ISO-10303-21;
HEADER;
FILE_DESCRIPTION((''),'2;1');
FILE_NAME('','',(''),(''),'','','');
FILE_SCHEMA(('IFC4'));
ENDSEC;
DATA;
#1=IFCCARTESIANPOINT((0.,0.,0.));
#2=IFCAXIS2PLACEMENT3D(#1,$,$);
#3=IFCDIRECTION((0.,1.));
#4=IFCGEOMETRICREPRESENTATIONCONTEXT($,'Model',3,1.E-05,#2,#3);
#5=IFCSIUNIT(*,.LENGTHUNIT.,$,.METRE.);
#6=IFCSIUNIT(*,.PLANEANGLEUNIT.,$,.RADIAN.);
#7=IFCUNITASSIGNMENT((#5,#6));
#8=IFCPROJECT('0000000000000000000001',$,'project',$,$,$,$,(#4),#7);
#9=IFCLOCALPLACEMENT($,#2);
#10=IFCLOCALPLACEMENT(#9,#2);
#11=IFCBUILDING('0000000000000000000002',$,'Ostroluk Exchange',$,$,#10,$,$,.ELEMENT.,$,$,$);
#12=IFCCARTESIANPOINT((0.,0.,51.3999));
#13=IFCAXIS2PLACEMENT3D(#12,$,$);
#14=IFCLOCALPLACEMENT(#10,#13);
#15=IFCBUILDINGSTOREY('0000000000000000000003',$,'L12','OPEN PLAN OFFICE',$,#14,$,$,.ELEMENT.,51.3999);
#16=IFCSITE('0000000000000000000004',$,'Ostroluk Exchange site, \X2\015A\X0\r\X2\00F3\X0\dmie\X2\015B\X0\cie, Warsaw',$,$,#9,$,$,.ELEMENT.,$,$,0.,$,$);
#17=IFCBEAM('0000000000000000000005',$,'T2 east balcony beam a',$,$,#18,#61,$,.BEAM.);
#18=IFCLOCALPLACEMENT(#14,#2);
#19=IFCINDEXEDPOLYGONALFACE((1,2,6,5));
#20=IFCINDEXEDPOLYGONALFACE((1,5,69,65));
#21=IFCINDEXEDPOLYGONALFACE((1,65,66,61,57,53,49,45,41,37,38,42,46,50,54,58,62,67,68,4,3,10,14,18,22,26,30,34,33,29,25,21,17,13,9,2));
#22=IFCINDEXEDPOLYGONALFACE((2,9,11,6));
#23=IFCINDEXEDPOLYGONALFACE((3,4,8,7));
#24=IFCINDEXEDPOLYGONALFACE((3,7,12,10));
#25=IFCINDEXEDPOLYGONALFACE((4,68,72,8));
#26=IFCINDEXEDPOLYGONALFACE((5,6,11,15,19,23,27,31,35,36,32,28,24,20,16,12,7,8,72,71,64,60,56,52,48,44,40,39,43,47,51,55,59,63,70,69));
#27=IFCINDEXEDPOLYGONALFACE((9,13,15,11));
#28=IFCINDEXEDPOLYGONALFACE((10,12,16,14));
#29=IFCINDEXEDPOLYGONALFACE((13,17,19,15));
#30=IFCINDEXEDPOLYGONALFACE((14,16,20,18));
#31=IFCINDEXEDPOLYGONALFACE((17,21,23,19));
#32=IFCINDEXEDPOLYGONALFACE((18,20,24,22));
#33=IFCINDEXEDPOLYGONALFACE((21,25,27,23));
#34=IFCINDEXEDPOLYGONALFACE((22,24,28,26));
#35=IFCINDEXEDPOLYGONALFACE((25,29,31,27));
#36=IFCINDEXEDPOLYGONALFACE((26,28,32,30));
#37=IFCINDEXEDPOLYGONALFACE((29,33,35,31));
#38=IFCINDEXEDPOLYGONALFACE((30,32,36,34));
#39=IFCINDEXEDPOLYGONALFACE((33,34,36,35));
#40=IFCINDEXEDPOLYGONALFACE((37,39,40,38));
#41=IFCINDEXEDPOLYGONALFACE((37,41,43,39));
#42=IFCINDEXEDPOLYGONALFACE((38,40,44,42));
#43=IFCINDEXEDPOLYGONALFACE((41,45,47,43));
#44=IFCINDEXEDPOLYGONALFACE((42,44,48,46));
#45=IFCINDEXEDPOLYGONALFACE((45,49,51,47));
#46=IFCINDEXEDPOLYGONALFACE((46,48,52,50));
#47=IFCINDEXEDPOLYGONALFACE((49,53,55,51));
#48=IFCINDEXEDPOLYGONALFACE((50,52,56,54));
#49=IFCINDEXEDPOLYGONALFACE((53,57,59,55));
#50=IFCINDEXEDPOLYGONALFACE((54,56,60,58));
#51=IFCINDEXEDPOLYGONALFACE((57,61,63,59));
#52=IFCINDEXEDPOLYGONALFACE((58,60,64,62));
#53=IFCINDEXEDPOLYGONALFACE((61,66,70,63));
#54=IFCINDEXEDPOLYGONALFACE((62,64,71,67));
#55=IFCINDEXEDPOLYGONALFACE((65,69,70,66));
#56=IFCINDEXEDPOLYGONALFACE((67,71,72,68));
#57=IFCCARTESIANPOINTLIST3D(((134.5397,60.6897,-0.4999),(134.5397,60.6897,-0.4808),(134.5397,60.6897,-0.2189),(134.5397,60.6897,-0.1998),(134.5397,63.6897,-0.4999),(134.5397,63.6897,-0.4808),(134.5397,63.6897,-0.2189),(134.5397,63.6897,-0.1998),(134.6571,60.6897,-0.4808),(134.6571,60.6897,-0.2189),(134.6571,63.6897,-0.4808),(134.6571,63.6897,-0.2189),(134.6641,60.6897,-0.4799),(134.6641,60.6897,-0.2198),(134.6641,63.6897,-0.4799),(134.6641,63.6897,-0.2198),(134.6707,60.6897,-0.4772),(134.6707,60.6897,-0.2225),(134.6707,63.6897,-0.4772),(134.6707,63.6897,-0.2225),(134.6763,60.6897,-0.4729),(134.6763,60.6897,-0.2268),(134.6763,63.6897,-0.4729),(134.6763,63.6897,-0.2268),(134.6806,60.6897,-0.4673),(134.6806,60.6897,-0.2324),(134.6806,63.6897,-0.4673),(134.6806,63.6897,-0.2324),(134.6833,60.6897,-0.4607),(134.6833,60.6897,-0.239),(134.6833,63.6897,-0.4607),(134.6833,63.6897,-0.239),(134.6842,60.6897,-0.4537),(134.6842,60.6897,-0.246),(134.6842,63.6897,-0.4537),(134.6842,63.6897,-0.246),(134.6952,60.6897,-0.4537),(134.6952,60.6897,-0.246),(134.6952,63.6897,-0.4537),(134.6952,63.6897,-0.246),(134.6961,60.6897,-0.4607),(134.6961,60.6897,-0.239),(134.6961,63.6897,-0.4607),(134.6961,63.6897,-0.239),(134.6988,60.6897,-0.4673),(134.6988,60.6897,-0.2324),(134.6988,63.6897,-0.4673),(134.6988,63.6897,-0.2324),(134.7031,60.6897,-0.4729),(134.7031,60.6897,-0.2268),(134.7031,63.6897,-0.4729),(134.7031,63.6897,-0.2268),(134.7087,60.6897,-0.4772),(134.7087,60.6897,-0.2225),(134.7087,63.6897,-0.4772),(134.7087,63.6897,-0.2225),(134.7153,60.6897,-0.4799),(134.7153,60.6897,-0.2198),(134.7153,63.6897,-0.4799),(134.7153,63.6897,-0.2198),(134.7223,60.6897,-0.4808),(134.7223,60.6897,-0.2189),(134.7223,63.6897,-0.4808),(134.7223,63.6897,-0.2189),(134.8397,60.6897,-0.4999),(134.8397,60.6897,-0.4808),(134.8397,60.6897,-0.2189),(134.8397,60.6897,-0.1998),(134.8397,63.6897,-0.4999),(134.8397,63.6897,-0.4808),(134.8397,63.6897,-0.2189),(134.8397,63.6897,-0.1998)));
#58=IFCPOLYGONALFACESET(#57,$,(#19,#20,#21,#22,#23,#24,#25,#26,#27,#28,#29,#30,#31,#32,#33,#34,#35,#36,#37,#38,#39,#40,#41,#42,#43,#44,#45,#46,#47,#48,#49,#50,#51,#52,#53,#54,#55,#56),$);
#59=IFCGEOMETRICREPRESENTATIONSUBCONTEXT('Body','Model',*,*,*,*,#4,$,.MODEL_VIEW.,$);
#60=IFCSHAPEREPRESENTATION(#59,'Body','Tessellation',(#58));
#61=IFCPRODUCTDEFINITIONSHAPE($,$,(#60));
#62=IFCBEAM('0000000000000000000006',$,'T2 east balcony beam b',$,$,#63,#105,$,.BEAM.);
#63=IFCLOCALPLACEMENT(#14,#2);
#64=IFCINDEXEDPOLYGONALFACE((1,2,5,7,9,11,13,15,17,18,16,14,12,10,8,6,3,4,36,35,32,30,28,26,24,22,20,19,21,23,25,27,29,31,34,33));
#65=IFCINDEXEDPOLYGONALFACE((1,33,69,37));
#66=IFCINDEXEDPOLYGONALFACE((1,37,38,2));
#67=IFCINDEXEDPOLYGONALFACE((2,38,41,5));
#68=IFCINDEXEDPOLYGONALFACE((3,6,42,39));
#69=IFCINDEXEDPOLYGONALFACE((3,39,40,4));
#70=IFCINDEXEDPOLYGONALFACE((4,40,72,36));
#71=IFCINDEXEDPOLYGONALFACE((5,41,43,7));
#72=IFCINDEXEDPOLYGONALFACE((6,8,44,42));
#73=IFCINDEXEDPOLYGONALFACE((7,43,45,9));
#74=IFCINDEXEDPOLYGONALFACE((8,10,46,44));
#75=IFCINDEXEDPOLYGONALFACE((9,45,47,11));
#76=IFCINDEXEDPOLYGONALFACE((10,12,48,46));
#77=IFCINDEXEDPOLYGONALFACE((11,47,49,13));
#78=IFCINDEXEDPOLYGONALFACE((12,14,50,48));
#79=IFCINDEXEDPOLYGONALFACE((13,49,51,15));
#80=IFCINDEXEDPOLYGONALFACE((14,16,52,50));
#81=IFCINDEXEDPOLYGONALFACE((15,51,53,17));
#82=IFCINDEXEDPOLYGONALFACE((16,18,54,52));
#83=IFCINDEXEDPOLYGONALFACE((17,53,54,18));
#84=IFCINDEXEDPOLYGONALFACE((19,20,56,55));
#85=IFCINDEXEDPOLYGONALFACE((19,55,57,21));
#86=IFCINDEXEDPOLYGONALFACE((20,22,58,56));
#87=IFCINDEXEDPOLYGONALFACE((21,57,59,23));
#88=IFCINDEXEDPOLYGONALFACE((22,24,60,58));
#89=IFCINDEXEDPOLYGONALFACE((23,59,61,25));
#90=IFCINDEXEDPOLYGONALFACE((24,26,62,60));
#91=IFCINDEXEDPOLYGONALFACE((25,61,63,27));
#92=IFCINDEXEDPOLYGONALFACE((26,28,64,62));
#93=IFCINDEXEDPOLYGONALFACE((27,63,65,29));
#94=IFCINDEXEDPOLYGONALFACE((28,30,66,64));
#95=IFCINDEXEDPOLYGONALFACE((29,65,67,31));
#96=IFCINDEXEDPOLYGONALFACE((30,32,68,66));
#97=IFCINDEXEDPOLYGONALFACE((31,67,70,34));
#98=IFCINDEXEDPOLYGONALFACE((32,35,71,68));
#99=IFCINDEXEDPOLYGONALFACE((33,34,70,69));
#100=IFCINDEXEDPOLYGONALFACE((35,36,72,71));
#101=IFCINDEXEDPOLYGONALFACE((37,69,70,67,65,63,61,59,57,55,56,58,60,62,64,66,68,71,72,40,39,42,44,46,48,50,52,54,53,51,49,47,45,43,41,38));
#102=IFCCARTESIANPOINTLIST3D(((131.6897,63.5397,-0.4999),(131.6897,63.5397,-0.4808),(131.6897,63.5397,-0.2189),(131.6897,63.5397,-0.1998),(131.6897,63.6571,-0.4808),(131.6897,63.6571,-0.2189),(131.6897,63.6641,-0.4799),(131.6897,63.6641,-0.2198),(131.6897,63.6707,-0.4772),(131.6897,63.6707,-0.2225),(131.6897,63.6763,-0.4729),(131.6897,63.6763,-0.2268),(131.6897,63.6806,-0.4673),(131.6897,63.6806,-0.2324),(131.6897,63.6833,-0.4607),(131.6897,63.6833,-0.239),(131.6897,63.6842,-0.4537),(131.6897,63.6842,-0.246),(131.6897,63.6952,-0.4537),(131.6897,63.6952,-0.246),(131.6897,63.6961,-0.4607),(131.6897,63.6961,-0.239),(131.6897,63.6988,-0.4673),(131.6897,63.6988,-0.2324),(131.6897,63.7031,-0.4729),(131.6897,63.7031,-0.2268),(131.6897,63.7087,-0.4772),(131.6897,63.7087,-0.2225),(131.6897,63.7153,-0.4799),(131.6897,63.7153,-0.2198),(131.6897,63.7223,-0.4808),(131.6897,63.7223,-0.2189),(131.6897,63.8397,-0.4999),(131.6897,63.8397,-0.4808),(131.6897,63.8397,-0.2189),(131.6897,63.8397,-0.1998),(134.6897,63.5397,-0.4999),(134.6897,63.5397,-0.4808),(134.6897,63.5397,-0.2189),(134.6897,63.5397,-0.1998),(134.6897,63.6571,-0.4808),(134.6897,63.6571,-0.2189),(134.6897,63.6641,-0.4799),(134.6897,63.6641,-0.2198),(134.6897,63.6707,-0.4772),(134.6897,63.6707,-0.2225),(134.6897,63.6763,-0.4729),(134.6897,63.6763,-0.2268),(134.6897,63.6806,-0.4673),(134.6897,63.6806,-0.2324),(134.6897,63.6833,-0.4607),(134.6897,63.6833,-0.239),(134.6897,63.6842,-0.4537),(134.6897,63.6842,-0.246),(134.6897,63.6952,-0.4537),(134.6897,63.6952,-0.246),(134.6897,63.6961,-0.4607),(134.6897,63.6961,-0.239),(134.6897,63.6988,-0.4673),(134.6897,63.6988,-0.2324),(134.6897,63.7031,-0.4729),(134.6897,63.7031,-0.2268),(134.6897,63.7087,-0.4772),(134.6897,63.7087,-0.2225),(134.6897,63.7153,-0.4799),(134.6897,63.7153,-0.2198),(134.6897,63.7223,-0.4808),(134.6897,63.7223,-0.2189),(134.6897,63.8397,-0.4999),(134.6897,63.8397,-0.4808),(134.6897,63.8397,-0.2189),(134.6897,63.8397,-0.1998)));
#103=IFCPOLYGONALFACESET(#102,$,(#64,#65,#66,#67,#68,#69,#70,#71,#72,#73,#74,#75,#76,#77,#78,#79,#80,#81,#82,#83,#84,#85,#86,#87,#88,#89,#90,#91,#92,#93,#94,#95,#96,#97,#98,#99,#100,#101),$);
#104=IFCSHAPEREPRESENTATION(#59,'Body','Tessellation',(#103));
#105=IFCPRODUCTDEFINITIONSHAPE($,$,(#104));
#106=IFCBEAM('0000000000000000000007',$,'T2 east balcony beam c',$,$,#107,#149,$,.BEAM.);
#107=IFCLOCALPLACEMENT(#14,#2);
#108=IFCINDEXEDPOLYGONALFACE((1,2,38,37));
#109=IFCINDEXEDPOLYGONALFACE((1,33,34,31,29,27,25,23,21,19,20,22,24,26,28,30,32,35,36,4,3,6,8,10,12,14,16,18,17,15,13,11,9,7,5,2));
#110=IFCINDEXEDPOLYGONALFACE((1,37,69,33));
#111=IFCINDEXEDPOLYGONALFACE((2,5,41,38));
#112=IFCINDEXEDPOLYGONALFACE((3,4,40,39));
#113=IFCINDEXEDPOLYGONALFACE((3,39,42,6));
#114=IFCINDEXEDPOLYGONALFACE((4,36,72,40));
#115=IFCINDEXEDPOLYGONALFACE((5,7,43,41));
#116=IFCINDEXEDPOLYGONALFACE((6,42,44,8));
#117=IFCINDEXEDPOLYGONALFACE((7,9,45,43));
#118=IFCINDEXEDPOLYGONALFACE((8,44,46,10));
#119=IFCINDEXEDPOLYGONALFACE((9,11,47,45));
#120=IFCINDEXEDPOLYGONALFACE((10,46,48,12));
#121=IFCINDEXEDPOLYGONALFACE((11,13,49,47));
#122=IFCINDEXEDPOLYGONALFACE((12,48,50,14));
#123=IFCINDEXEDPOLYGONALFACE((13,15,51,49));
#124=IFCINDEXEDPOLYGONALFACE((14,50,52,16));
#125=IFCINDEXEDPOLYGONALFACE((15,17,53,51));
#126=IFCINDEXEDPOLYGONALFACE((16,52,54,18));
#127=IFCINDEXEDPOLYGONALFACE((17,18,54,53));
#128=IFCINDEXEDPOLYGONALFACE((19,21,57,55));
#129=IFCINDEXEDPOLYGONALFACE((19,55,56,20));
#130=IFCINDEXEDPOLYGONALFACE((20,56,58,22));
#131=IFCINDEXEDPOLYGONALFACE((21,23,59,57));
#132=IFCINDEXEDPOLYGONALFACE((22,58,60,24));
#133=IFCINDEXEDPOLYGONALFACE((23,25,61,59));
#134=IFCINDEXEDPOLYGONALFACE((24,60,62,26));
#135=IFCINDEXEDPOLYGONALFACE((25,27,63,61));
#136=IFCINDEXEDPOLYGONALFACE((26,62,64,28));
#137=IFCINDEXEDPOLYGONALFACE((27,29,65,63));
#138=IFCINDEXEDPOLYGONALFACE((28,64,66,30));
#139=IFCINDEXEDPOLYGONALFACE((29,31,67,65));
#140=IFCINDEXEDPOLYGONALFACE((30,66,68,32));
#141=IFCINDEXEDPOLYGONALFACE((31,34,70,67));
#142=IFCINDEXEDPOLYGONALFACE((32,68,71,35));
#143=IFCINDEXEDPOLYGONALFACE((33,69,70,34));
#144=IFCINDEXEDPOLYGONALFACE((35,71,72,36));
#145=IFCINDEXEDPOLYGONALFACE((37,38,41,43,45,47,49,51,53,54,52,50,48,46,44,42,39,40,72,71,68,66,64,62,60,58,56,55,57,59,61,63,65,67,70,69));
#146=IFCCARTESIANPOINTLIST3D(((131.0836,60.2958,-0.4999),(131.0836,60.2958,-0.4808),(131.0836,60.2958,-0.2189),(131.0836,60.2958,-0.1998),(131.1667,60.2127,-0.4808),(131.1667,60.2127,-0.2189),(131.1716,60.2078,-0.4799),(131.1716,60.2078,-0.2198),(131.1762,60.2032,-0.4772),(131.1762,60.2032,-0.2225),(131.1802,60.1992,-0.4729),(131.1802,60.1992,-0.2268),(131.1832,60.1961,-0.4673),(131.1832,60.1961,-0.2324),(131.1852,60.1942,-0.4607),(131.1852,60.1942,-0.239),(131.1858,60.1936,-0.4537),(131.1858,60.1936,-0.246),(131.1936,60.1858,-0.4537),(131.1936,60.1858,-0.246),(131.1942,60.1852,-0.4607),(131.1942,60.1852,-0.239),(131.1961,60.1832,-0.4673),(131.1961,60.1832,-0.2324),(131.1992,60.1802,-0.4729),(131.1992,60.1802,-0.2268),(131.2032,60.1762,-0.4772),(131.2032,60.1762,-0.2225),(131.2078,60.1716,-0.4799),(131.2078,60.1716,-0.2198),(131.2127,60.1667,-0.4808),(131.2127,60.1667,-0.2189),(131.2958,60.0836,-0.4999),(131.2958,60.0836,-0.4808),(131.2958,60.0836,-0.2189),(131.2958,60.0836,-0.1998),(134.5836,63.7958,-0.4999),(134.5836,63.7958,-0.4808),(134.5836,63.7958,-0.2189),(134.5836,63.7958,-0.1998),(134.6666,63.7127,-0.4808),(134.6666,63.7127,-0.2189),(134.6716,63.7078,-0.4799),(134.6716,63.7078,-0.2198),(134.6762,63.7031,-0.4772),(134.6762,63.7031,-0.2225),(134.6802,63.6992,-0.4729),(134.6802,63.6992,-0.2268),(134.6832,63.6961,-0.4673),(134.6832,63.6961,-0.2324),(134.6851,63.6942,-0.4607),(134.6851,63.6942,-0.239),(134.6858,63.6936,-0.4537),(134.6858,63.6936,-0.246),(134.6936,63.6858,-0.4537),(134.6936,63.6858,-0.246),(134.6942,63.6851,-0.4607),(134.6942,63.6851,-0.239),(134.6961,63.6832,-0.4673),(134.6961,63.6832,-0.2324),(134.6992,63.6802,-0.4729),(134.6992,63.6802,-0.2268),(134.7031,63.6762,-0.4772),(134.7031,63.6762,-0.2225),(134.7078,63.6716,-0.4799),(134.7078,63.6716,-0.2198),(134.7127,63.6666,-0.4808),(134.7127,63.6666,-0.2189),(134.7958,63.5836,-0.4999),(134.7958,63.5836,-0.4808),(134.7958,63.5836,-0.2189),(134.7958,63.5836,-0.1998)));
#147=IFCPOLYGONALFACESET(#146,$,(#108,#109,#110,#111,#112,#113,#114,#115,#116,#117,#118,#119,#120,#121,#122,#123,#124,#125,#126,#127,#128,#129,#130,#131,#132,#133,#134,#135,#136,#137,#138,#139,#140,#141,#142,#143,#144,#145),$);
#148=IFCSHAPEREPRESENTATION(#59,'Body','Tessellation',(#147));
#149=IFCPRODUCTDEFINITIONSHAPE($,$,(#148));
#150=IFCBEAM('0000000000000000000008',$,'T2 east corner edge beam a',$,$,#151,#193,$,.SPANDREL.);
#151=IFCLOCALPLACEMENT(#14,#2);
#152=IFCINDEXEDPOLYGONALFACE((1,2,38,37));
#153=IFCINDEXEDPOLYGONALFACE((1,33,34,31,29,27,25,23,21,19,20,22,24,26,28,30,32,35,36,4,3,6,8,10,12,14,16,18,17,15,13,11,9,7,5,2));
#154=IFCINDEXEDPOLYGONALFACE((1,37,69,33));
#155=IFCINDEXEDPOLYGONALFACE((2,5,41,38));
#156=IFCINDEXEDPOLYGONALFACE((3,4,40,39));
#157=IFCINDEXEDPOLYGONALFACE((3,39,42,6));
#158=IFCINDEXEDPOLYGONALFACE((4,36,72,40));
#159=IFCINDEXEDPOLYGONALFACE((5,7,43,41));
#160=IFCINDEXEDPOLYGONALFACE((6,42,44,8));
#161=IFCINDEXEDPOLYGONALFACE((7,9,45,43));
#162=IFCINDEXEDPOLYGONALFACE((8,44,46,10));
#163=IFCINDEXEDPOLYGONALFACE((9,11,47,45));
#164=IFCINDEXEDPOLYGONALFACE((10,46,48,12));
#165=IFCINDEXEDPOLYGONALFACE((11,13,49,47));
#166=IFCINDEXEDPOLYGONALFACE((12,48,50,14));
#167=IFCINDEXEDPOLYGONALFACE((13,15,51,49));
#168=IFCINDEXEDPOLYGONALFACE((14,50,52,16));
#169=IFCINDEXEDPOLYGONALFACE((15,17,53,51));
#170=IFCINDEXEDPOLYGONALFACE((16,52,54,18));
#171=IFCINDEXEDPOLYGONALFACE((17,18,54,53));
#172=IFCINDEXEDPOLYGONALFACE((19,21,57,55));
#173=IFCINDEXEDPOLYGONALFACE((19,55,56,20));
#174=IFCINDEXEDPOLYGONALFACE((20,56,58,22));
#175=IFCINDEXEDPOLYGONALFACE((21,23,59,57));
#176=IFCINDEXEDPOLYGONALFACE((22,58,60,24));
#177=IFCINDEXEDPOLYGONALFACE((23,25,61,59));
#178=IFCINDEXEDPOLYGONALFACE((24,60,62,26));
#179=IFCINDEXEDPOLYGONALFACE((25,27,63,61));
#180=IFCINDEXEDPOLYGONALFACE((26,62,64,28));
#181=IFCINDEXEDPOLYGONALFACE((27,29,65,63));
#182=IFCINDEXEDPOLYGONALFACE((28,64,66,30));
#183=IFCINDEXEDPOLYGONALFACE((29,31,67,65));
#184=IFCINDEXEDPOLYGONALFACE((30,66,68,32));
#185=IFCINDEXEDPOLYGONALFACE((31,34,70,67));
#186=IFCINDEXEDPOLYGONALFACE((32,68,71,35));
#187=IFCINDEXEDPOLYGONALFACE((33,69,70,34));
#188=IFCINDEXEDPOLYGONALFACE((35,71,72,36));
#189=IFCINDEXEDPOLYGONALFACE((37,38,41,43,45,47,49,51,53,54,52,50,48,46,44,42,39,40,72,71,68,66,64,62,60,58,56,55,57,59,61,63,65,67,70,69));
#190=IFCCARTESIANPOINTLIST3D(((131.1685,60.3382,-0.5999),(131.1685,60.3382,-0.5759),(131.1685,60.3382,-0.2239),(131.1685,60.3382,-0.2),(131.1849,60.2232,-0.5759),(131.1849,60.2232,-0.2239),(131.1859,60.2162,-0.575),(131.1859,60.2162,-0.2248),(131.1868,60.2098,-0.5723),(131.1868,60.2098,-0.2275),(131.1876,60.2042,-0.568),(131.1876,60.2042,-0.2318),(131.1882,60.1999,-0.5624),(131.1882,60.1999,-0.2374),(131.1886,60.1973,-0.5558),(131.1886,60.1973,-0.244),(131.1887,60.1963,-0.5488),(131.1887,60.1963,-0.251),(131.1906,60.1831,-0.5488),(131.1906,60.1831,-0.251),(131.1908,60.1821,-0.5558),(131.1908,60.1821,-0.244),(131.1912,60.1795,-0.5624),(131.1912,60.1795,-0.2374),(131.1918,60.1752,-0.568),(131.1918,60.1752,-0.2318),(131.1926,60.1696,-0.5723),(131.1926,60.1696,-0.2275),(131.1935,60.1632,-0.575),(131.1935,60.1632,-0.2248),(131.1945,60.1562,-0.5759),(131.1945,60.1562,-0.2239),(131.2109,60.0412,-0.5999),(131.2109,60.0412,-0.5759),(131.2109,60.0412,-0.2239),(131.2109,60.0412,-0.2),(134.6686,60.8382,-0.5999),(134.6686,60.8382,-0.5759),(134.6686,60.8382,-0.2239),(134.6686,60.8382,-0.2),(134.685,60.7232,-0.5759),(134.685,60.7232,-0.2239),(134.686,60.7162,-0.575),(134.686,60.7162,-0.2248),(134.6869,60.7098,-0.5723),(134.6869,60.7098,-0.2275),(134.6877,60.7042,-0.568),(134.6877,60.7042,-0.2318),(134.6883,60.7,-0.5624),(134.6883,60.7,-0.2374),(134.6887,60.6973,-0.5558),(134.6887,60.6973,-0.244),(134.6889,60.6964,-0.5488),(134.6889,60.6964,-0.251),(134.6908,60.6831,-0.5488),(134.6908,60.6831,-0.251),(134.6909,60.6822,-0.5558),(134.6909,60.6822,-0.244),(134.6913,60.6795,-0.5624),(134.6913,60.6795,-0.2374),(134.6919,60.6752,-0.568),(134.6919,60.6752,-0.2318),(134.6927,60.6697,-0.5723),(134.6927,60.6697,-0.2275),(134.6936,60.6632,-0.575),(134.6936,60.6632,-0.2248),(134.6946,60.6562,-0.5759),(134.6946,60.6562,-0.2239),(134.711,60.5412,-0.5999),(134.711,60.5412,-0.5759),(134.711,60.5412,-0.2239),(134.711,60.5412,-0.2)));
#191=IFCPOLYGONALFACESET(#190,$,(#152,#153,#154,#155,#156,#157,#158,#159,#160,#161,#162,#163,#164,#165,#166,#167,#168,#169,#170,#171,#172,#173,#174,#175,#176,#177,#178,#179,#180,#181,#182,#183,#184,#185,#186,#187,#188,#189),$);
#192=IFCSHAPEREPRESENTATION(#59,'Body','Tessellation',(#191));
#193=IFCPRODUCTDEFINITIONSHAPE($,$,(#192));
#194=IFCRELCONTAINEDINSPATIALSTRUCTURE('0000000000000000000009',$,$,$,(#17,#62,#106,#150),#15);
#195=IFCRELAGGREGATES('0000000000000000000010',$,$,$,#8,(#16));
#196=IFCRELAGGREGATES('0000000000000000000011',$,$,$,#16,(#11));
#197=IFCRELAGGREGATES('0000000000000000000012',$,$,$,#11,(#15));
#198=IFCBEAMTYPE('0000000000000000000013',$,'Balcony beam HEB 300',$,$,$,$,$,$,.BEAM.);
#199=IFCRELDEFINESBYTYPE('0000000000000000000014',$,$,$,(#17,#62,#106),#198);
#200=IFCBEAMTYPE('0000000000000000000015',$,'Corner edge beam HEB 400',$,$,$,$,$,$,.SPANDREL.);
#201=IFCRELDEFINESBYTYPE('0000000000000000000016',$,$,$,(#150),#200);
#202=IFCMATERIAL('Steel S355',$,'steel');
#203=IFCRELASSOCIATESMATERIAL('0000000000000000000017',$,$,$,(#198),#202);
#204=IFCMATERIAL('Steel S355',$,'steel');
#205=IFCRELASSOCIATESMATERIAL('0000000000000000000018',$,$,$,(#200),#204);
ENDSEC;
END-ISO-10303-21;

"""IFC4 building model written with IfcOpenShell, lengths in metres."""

from ifc_helpers import new_model, si_unit, direction, frame, origin, origin_2d, place, context, subcontext, project, spatial, i_section, extrude, material, material_profile, profile_set, type_object, element, save


model = new_model("IFC4")

# Units and contexts
model_context = context("Model", 3, precision=1e-05, world=origin(), true_north=direction((0.0, 1.0)))
body_context = subcontext(model_context, "Body", "Model", "MODEL_VIEW")
ifc_project = project(units=[si_unit("LENGTHUNIT", "METRE"), si_unit("PLANEANGLEUNIT", "RADIAN")], contexts=[model_context])

# Site, building, storey
site_placement = place(None, origin())
site = spatial("IfcSite", under=ifc_project, at=site_placement, Name="Ostroluk Exchange site, Śródmieście, Warsaw", CompositionType="ELEMENT", RefElevation=0.0)
building_placement = place(site_placement, origin())
building = spatial("IfcBuilding", under=site, at=building_placement, Name="Ostroluk Exchange", CompositionType="ELEMENT")
storey_placement = place(building_placement, frame((0.0, 0.0, 51.3999)))
storey = spatial("IfcBuildingStorey", under=building, at=storey_placement, Name="L12", Description="OPEN PLAN OFFICE", CompositionType="ELEMENT", Elevation=51.3999)

# Beams
ifc_material_1 = material(Name="Steel S355", Category="steel")
ifc_material_profile_1 = material_profile(ifc_material_1, i_section(OverallWidth=0.3, OverallDepth=0.3, WebThickness=0.011, FlangeThickness=0.019, FilletRadius=0.0271, at=origin_2d()), Name="HEB 300")
ifc_profile_set_1 = profile_set([ifc_material_profile_1], Name="Steel S355")
beam_type_1 = type_object("IfcBeamType", Name="Balcony beam HEB 300", PredefinedType="BEAM", material=ifc_profile_set_1)
for number, where, z_axis, x_axis, name in (
    (1, (134.6897, 60.6897, -0.3499), (0.0, 1.0, 0.0), (-1.0, 0.0, 0.0), "T2 east balcony beam a"),
    (2, (131.6897, 63.6897, -0.3499), (1.0, 0.0, 0.0), (0.0, 1.0, 0.0), "T2 east balcony beam b"),
):
    element("IfcBeam", number, at=place(storey_placement, frame(where, z_axis=z_axis, x_axis=x_axis)), inside=storey, type_object=beam_type_1, Name=name, PredefinedType="BEAM", context=body_context, shape_type="SweptSolid", body=[
        extrude(i_section(OverallWidth=0.3, OverallDepth=0.3, WebThickness=0.011, FlangeThickness=0.019, FilletRadius=0.0271, at=origin_2d()), origin(), (0.0, 0.0, 1.0), 3.0),
    ])
beam_1_placement = place(storey_placement, frame((131.1897, 60.1897, -0.3499), z_axis=(0.707107, 0.707107, 0.0), x_axis=(-0.707107, 0.707107, 0.0)))
element("IfcBeam", 3, at=beam_1_placement, inside=storey, type_object=beam_type_1, Name="T2 east balcony beam c", PredefinedType="BEAM", context=body_context, shape_type="SweptSolid", body=[
    extrude(i_section(OverallWidth=0.3, OverallDepth=0.3, WebThickness=0.011, FlangeThickness=0.019, FilletRadius=0.0271, at=origin_2d()), origin(), (0.0, 0.0, 1.0), 4.9497),
])
ifc_material_2 = material(Name="Steel S355", Category="steel")
ifc_material_profile_2 = material_profile(ifc_material_2, i_section(OverallWidth=0.3, OverallDepth=0.3999, WebThickness=0.0134, FlangeThickness=0.0239, FilletRadius=0.0271, at=origin_2d()), Name="HEB 400")
ifc_profile_set_2 = profile_set([ifc_material_profile_2], Name="Steel S355")
beam_type_2 = type_object("IfcBeamType", Name="Corner edge beam HEB 400", PredefinedType="SPANDREL", material=ifc_profile_set_2)
for number, where, z_axis, x_axis, name in (
    (4, (131.1897, 60.1897, -0.3999), (0.989949, 0.141421, 0.0), (-0.141421, 0.989949, 0.0), "T2 east corner edge beam a"),
):
    element("IfcBeam", number, at=place(storey_placement, frame(where, z_axis=z_axis, x_axis=x_axis)), inside=storey, type_object=beam_type_2, Name=name, PredefinedType="SPANDREL", context=body_context, shape_type="SweptSolid", body=[
        extrude(i_section(OverallWidth=0.3, OverallDepth=0.3999, WebThickness=0.0134, FlangeThickness=0.0239, FilletRadius=0.0271, at=origin_2d()), origin(), (0.0, 0.0, 1.0), 3.5356),
    ])

save(model, "model.ifc")
